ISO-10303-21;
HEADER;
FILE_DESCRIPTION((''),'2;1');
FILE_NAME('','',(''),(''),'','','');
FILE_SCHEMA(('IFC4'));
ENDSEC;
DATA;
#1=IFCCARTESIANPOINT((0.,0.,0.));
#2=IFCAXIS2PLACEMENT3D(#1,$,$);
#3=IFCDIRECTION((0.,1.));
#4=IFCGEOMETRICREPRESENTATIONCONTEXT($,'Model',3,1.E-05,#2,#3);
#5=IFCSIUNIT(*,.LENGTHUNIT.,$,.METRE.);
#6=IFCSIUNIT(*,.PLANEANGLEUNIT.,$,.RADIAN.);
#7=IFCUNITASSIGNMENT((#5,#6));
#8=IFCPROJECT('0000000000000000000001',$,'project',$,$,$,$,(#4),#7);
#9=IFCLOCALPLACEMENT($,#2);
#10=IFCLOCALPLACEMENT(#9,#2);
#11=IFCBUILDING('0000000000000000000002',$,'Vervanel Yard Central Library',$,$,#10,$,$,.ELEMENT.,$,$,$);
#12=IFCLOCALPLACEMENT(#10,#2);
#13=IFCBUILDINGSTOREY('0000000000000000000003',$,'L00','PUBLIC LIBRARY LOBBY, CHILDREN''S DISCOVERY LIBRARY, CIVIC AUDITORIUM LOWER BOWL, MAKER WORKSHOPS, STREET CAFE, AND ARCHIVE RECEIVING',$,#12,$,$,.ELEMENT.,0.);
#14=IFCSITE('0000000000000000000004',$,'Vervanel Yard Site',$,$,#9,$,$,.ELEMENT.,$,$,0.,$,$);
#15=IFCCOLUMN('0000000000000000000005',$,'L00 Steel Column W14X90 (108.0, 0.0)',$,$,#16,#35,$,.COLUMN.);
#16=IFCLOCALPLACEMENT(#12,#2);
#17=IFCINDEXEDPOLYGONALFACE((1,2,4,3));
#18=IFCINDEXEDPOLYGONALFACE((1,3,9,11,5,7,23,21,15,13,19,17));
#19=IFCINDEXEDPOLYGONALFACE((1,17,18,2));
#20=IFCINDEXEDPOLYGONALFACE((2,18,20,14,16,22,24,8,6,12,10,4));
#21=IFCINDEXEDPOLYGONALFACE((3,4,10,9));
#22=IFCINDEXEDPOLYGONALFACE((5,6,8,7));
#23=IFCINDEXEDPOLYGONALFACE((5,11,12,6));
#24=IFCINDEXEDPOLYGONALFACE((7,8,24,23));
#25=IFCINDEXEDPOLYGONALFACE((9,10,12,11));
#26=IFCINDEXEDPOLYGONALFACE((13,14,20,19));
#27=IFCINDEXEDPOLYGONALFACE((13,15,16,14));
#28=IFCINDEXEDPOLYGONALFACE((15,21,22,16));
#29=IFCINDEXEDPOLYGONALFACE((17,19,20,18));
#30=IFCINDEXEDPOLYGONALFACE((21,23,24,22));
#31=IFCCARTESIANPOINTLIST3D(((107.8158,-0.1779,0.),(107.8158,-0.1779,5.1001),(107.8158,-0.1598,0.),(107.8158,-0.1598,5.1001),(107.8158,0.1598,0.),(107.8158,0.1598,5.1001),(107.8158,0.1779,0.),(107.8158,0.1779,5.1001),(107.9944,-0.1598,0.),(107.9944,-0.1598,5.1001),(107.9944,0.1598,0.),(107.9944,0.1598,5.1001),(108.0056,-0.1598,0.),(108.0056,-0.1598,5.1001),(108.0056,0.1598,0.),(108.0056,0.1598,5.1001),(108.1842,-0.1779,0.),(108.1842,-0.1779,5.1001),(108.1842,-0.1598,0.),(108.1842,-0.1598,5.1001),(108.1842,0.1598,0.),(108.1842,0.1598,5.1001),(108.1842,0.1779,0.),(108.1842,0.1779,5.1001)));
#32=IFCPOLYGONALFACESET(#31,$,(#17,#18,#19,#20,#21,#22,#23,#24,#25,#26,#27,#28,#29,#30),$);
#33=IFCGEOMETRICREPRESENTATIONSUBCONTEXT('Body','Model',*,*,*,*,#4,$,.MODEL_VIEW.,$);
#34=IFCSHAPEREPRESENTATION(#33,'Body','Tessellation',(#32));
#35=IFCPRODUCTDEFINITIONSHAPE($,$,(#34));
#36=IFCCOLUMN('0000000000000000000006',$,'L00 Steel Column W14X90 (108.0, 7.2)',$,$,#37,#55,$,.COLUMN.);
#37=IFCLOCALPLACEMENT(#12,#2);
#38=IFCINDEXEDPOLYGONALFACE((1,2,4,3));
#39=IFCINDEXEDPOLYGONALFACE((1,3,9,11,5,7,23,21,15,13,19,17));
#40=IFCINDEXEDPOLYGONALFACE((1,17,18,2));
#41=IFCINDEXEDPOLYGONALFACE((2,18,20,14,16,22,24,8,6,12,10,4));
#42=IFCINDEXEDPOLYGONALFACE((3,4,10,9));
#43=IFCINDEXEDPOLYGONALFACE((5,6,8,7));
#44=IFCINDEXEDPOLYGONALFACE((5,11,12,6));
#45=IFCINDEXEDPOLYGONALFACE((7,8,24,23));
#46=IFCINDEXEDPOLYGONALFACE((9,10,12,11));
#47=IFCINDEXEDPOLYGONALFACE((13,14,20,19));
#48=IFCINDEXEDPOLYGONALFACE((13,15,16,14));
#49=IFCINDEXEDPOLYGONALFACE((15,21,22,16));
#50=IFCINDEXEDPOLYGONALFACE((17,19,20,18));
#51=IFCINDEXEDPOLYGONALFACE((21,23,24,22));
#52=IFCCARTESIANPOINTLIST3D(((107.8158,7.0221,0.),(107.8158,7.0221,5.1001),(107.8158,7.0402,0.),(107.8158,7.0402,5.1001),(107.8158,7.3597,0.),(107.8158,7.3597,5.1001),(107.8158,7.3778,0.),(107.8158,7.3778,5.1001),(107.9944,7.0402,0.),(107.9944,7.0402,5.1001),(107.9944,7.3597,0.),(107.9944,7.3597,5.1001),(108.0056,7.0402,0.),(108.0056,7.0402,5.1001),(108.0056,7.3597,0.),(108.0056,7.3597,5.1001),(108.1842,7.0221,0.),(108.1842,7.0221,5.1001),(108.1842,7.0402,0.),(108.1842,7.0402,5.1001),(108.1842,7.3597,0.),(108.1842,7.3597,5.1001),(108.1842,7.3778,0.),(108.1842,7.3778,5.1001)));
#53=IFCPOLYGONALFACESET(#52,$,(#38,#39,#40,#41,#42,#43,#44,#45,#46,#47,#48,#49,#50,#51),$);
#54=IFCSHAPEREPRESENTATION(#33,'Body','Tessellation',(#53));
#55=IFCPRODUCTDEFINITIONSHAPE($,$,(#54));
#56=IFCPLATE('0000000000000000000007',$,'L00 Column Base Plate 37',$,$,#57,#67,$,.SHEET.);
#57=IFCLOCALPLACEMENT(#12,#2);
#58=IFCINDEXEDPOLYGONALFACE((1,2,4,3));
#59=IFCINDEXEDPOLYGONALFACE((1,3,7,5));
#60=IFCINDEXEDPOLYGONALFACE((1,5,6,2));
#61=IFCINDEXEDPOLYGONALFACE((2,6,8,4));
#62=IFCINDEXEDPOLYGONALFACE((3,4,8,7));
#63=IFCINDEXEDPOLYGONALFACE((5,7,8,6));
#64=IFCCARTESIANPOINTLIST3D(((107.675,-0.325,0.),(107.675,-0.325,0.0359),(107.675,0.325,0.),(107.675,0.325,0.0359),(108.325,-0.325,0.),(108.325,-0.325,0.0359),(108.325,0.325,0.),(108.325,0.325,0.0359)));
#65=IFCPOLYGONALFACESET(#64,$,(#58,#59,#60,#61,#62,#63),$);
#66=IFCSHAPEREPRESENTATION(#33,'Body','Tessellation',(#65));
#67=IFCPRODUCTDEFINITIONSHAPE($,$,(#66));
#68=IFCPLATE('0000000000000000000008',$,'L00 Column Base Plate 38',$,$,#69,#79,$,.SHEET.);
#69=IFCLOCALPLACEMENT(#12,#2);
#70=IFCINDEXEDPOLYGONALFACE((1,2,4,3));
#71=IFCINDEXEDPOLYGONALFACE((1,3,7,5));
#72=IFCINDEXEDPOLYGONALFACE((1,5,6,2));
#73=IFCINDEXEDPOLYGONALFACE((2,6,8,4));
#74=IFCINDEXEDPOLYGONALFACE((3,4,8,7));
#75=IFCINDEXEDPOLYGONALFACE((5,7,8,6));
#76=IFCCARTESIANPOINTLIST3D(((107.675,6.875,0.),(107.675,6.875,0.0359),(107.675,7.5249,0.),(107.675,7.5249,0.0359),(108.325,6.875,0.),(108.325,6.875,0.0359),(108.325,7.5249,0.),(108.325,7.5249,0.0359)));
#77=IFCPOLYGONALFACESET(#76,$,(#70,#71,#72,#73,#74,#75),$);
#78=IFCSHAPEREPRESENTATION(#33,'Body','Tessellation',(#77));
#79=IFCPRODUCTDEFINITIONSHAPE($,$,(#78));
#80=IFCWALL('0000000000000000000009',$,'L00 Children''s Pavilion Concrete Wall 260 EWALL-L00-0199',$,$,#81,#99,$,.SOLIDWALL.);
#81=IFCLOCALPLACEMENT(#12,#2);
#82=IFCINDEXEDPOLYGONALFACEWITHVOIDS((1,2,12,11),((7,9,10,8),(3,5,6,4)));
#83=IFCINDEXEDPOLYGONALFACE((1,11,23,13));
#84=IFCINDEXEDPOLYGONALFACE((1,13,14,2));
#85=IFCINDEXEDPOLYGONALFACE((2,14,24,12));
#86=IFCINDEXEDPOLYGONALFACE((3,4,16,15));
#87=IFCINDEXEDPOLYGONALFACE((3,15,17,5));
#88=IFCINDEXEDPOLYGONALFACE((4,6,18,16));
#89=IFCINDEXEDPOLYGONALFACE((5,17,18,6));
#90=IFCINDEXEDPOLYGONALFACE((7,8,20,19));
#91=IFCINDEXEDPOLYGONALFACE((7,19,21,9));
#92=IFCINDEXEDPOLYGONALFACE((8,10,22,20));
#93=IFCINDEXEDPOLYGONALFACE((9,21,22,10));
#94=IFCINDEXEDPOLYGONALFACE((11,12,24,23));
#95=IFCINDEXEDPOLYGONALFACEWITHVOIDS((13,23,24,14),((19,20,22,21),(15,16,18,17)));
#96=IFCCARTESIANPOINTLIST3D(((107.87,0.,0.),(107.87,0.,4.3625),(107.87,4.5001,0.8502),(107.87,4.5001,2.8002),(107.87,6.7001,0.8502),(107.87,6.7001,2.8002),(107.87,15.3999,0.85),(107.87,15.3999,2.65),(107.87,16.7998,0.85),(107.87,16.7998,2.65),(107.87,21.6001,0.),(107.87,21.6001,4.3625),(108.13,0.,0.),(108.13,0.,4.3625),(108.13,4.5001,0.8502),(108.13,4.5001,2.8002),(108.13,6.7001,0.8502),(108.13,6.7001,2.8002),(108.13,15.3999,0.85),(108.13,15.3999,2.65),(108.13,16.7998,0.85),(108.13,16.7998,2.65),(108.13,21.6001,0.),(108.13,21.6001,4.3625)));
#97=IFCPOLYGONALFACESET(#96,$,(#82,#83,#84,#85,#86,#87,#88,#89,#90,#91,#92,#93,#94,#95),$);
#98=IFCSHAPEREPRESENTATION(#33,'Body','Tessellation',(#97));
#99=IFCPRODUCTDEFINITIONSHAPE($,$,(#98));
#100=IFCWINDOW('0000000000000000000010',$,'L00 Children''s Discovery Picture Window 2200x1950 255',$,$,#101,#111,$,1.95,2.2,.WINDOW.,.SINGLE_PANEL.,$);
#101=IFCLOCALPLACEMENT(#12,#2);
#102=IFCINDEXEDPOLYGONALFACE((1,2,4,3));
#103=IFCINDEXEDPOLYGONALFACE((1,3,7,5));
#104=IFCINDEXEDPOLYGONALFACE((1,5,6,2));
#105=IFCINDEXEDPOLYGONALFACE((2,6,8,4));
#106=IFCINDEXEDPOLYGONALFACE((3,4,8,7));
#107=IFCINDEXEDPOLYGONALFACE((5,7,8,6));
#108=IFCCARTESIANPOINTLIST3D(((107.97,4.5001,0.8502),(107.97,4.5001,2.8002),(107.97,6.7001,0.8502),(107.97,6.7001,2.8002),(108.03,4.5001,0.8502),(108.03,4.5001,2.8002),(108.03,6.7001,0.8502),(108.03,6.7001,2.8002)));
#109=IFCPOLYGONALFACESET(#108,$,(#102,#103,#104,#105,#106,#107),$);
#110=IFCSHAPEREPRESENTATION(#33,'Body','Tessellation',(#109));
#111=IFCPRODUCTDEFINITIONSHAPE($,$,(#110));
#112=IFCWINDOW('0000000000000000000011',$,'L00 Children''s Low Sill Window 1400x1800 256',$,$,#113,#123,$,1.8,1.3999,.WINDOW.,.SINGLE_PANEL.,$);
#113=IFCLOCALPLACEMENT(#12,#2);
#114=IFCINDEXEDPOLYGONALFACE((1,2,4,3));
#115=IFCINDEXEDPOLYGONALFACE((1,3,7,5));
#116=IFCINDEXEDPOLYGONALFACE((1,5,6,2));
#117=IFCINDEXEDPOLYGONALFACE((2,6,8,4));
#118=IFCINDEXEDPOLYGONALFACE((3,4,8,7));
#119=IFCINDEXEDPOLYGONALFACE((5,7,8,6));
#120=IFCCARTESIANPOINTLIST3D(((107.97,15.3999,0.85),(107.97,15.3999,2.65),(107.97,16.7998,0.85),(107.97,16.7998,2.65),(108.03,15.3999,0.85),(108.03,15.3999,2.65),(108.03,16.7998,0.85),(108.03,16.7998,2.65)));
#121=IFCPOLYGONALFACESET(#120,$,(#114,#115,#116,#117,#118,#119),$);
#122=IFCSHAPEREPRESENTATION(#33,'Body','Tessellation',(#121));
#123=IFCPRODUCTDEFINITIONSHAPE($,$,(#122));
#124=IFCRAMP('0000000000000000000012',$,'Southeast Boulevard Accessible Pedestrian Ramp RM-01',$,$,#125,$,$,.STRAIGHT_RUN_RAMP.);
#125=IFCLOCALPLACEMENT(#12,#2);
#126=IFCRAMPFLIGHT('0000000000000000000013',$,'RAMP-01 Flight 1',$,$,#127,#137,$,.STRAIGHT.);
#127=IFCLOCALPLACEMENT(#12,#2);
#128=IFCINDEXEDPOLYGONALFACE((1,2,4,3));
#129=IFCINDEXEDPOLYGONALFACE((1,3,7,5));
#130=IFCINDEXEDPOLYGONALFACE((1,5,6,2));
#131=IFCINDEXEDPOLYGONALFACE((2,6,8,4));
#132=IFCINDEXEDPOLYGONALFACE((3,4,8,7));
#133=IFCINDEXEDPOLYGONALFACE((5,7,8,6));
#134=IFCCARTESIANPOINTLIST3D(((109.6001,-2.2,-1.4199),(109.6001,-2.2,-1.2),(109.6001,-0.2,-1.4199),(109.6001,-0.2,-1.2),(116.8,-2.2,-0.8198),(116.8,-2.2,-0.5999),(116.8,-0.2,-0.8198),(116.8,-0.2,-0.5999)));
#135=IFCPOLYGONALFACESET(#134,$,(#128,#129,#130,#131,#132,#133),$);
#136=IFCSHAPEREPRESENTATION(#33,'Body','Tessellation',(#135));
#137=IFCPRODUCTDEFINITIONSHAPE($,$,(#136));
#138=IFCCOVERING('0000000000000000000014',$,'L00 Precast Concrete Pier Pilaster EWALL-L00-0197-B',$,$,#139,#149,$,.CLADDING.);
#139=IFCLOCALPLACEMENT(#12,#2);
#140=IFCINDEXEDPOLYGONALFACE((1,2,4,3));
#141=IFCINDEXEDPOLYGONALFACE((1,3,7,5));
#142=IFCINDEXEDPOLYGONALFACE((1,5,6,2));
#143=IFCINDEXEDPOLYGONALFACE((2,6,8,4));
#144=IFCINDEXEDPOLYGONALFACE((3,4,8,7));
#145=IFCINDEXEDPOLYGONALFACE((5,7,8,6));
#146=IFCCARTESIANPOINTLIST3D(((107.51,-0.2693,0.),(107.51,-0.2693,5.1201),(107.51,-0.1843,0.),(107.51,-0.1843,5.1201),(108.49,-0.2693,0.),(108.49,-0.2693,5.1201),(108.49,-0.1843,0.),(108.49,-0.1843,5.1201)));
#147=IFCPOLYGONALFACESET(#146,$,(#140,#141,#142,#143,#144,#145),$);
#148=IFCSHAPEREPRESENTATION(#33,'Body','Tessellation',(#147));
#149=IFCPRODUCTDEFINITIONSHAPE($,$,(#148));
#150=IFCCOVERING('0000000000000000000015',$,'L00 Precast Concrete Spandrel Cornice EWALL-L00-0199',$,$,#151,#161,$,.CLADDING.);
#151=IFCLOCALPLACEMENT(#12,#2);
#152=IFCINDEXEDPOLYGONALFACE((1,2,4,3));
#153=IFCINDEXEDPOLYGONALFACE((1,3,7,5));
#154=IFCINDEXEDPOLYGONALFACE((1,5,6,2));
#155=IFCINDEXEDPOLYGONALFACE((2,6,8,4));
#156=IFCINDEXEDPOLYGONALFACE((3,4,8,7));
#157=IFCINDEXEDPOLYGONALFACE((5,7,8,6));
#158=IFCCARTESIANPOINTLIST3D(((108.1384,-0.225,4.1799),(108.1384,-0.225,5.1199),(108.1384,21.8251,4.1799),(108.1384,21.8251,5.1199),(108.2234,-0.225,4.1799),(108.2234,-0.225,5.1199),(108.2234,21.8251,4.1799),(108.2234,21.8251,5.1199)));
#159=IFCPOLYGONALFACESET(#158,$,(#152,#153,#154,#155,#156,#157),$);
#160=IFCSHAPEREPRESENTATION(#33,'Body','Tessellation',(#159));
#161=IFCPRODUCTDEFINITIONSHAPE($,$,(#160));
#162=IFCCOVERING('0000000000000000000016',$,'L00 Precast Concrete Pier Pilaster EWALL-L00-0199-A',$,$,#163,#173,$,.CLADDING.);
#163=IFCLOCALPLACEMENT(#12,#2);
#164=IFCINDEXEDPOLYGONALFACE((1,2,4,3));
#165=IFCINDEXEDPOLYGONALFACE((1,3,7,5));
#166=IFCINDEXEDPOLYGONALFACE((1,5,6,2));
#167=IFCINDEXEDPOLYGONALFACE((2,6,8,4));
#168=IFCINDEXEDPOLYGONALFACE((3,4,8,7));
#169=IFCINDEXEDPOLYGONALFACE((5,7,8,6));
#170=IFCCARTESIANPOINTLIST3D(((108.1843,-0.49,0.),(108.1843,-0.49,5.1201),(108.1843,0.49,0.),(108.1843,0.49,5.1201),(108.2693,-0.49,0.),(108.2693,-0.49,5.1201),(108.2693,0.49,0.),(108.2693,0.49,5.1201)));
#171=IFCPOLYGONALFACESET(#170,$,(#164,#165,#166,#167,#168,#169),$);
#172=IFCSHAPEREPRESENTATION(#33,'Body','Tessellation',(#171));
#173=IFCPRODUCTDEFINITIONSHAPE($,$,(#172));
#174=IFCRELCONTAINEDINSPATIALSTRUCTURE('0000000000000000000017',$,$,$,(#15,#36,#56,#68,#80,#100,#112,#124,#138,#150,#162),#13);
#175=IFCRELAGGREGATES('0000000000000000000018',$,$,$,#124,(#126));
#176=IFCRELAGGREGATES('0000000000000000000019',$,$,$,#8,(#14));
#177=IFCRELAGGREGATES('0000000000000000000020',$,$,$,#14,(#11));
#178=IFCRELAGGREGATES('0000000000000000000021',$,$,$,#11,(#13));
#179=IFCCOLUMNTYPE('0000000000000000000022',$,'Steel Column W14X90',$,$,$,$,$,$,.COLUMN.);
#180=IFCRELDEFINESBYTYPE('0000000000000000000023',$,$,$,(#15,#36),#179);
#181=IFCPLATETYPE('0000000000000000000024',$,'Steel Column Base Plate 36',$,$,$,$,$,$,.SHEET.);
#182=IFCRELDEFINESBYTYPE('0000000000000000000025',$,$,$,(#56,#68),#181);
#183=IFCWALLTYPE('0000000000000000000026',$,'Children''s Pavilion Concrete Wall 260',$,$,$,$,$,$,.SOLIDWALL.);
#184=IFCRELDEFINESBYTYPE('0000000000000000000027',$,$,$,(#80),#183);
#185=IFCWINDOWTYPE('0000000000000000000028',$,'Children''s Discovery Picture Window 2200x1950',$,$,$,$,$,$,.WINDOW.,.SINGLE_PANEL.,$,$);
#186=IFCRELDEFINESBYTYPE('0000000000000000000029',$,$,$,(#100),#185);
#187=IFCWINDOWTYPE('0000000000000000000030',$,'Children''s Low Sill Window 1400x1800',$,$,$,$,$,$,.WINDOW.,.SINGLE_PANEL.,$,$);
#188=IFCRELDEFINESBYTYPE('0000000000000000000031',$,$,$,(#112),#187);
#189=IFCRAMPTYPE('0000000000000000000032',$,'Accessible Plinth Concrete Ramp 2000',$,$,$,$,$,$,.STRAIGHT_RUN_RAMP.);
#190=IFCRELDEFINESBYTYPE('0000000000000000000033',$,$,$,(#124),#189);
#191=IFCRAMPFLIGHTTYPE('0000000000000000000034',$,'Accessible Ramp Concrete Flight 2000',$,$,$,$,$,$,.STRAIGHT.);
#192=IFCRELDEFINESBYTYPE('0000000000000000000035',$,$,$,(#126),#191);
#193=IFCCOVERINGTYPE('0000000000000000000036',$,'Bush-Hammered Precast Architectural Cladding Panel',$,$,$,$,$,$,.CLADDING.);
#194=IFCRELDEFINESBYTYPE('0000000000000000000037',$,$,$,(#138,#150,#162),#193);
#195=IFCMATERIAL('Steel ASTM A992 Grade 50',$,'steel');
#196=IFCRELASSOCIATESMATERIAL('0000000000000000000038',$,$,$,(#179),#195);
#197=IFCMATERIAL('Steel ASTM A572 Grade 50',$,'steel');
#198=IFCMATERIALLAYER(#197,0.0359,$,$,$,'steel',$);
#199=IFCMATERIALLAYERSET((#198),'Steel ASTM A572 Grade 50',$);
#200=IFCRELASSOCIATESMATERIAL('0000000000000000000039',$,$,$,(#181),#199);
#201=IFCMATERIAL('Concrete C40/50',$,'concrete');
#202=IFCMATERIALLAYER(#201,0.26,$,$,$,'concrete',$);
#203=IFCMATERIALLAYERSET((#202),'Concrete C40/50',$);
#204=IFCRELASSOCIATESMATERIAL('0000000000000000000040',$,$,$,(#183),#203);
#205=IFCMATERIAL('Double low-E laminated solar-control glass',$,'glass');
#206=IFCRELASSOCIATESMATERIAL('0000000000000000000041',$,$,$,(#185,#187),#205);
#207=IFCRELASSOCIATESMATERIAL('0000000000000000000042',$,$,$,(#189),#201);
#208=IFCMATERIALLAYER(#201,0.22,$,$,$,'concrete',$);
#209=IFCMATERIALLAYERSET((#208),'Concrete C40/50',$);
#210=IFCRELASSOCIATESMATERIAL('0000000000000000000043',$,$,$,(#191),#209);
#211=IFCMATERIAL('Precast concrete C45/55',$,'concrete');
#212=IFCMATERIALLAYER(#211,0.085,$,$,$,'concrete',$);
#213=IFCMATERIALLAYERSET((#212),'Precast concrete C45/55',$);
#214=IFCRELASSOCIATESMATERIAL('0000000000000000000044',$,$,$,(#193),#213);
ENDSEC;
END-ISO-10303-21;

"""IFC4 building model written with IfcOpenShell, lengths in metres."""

from ifc_helpers import new_model, si_unit, direction, frame, frame_2d, origin, origin_2d, place, context, subcontext, project, spatial, polyline, rectangle, i_section, outline, extrude, material, layer, layer_set, material_profile, profile_set, type_object, element, fill, aggregate, save


model = new_model("IFC4")

# Units and contexts
model_context = context("Model", 3, precision=1e-05, world=origin(), true_north=direction((0.0, 1.0)))
body_context = subcontext(model_context, "Body", "Model", "MODEL_VIEW")
ifc_project = project(units=[si_unit("LENGTHUNIT", "METRE"), si_unit("PLANEANGLEUNIT", "RADIAN")], contexts=[model_context])

# Site, building, storey
site_placement = place(None, origin())
site = spatial("IfcSite", under=ifc_project, at=site_placement, Name="Vervanel Yard Site", CompositionType="ELEMENT", RefElevation=0.0)
building_placement = place(site_placement, origin())
building = spatial("IfcBuilding", under=site, at=building_placement, Name="Vervanel Yard Central Library", CompositionType="ELEMENT")
storey_placement = place(building_placement, origin())
storey = spatial("IfcBuildingStorey", under=building, at=storey_placement, Name="L00", Description="PUBLIC LIBRARY LOBBY, CHILDREN'S DISCOVERY LIBRARY, CIVIC AUDITORIUM LOWER BOWL, MAKER WORKSHOPS, STREET CAFE, AND ARCHIVE RECEIVING", CompositionType="ELEMENT", Elevation=0.0)

# Shared definitions
ifc_material_1 = material(Name="Concrete C40/50", Category="concrete")

# Columns
ifc_material_2 = material(Name="Steel ASTM A992 Grade 50", Category="steel")
ifc_material_profile_1 = material_profile(ifc_material_2, i_section(OverallWidth=0.3684, OverallDepth=0.3557, WebThickness=0.0112, FlangeThickness=0.0181, at=origin_2d()), Name="W14X90", Category="steel")
ifc_profile_set_1 = profile_set([ifc_material_profile_1], Name="Steel ASTM A992 Grade 50")
column_type = type_object("IfcColumnType", Name="Steel Column W14X90", PredefinedType="COLUMN", material=ifc_profile_set_1)
for number, where, z_axis, x_axis, name in (
    (1, (108.0, 0.0, 0.0), (0.0, 0.0, 1.0), (1.0, 0.0, 0.0), "L00 Steel Column W14X90 (108.0, 0.0)"),
    (2, (108.0, 7.2, 0.0), (0.0, 0.0, 1.0), (1.0, 0.0, 0.0), "L00 Steel Column W14X90 (108.0, 7.2)"),
):
    element("IfcColumn", number, at=place(storey_placement, frame(where, z_axis=z_axis, x_axis=x_axis)), inside=storey, type_object=column_type, Name=name, PredefinedType="COLUMN", context=body_context, shape_type="SweptSolid", body=[
        extrude(i_section(OverallWidth=0.3684, OverallDepth=0.3557, WebThickness=0.0112, FlangeThickness=0.0181, at=origin_2d()), origin(), (0.0, 0.0, 1.0), 5.1001),
    ])

# Plates
ifc_material_3 = material(Name="Steel ASTM A572 Grade 50", Category="steel")
ifc_layer_1 = layer(ifc_material_3, 0.0359, Category="steel")
ifc_layer_set_1 = layer_set([ifc_layer_1], Name="Steel ASTM A572 Grade 50")
plate_type = type_object("IfcPlateType", Name="Steel Column Base Plate 36", PredefinedType="SHEET", material=ifc_layer_set_1)
for number, where, z_axis, x_axis, name in (
    (3, (108.0, 0.0, 0.0), (0.0, 0.0, 1.0), (1.0, 0.0, 0.0), "L00 Column Base Plate 37"),
    (4, (108.0, 7.2, 0.0), (0.0, 0.0, 1.0), (1.0, 0.0, 0.0), "L00 Column Base Plate 38"),
):
    element("IfcPlate", number, at=place(storey_placement, frame(where, z_axis=z_axis, x_axis=x_axis)), inside=storey, type_object=plate_type, Name=name, PredefinedType="SHEET", context=body_context, shape_type="SweptSolid", body=[
        extrude(rectangle(XDim=0.6499, YDim=0.6499, at=origin_2d()), origin(), (0.0, 0.0, 1.0), 0.0359),
    ])

# Wall, openings, windows
ifc_layer_2 = layer(ifc_material_1, 0.26, Category="concrete")
ifc_layer_set_2 = layer_set([ifc_layer_2], Name="Concrete C40/50")
wall_type = type_object("IfcWallType", Name="Children's Pavilion Concrete Wall 260", PredefinedType="SOLIDWALL", material=ifc_layer_set_2)
wall_placement = place(storey_placement, frame((108.0, 0.0, 0.0), z_axis=(0.0, 0.0, 1.0), x_axis=(0.0, 1.0, 0.0)))
wall = element("IfcWall", 5, at=wall_placement, inside=storey, type_object=wall_type, Name="L00 Children's Pavilion Concrete Wall 260 EWALL-L00-0199", PredefinedType="SOLIDWALL", context=body_context, shape_type="SweptSolid", body=[
    extrude(rectangle(XDim=21.6001, YDim=0.26, at=frame_2d((10.8, 0.0))), origin(), (0.0, 0.0, 1.0), 4.3625),
])
opening_1_placement = place(wall_placement, frame((4.5, 0.0, 0.8501)))
opening_1 = element("IfcOpeningElement", 6, at=opening_1_placement, cuts=wall, PredefinedType="OPENING", context=body_context, shape_type="SweptSolid", body=[
    extrude(rectangle(XDim=2.2, YDim=1.95, at=frame_2d((1.1001, 0.9751))), frame((0.0, 0.1399, 0.0), z_axis=(0.0, -1.0, 0.0), x_axis=(1.0, 0.0, 0.0)), (0.0, 0.0, 1.0), 0.28),
])
opening_2_placement = place(wall_placement, frame((15.3999, 0.0, 0.8501)))
opening_2 = element("IfcOpeningElement", 7, at=opening_2_placement, cuts=wall, PredefinedType="OPENING", context=body_context, shape_type="SweptSolid", body=[
    extrude(rectangle(XDim=1.3999, YDim=1.8, at=frame_2d((0.7, 0.8999))), frame((0.0, 0.1399, 0.0), z_axis=(0.0, -1.0, 0.0), x_axis=(1.0, 0.0, 0.0)), (0.0, 0.0, 1.0), 0.28),
])
ifc_material_4 = material(Name="Double low-E laminated solar-control glass", Category="glass")
window_type_1 = type_object("IfcWindowType", Name="Children's Discovery Picture Window 2200x1950", PartitioningType="SINGLE_PANEL", PredefinedType="WINDOW", material=ifc_material_4)
window_1_placement = place(opening_1_placement, origin())
window_1 = element("IfcWindow", 8, at=window_1_placement, inside=storey, type_object=window_type_1, Name="L00 Children's Discovery Picture Window 2200x1950 255", OverallHeight=1.95, OverallWidth=2.2, PartitioningType="SINGLE_PANEL", PredefinedType="WINDOW", context=body_context, shape_type="SweptSolid", body=[
    extrude(rectangle(XDim=2.2, YDim=1.95, at=frame_2d((1.1001, 0.9751))), frame((0.0, 0.03, 0.0), z_axis=(0.0, -1.0, 0.0), x_axis=(1.0, 0.0, 0.0)), (0.0, 0.0, 1.0), 0.0601),
])
fill(opening_1, window_1)
window_type_2 = type_object("IfcWindowType", Name="Children's Low Sill Window 1400x1800", PartitioningType="SINGLE_PANEL", PredefinedType="WINDOW", material=ifc_material_4)
window_2_placement = place(opening_2_placement, origin())
window_2 = element("IfcWindow", 9, at=window_2_placement, inside=storey, type_object=window_type_2, Name="L00 Children's Low Sill Window 1400x1800 256", OverallHeight=1.8, OverallWidth=1.3999, PartitioningType="SINGLE_PANEL", PredefinedType="WINDOW", context=body_context, shape_type="SweptSolid", body=[
    extrude(rectangle(XDim=1.3999, YDim=1.8, at=frame_2d((0.7, 0.8999))), frame((0.0, 0.03, 0.0), z_axis=(0.0, -1.0, 0.0), x_axis=(1.0, 0.0, 0.0)), (0.0, 0.0, 1.0), 0.0601),
])
fill(opening_2, window_2)

# Ramp, ramp flight
ramp_type = type_object("IfcRampType", Name="Accessible Plinth Concrete Ramp 2000", PredefinedType="STRAIGHT_RUN_RAMP", material=ifc_material_1)
ramp_placement = place(storey_placement, origin())
ramp = element("IfcRamp", 10, at=ramp_placement, inside=storey, type_object=ramp_type, Name="Southeast Boulevard Accessible Pedestrian Ramp RM-01", PredefinedType="STRAIGHT_RUN_RAMP")
ifc_layer_3 = layer(ifc_material_1, 0.22, Category="concrete")
ifc_layer_set_3 = layer_set([ifc_layer_3], Name="Concrete C40/50")
ramp_flight_type = type_object("IfcRampFlightType", Name="Accessible Ramp Concrete Flight 2000", PredefinedType="STRAIGHT", material=ifc_layer_set_3)
ramp_flight_placement = place(storey_placement, frame((109.6001, -1.2, -1.2), z_axis=(0.0, 0.0, 1.0), x_axis=(1.0, 0.0, 0.0)))
ramp_flight = element("IfcRampFlight", 11, at=ramp_flight_placement, type_object=ramp_flight_type, Name="RAMP-01 Flight 1", PredefinedType="STRAIGHT", context=body_context, shape_type="SweptSolid", body=[
    extrude(outline(polyline([(0.0, 0.0), (0.0, -0.22), (7.2, 0.3801), (7.2, 0.6001), (0.0, 0.0)])), frame((0.0, 1.0, 0.0), z_axis=(0.0, -1.0, 0.0), x_axis=(1.0, 0.0, 0.0)), (0.0, 0.0, 1.0), 2.0),
])
aggregate(ramp, [ramp_flight])

# Coverings
ifc_material_5 = material(Name="Precast concrete C45/55", Category="concrete")
ifc_layer_4 = layer(ifc_material_5, 0.085, Category="concrete")
ifc_layer_set_4 = layer_set([ifc_layer_4], Name="Precast concrete C45/55")
covering_type = type_object("IfcCoveringType", Name="Bush-Hammered Precast Architectural Cladding Panel", PredefinedType="CLADDING", material=ifc_layer_set_4)
covering_1_placement = place(storey_placement, frame((108.0, -0.2268, 0.0), z_axis=(0.0, 0.0, 1.0), x_axis=(1.0, 0.0, 0.0)))
element("IfcCovering", 12, at=covering_1_placement, inside=storey, type_object=covering_type, Name="L00 Precast Concrete Pier Pilaster EWALL-L00-0197-B", PredefinedType="CLADDING", context=body_context, shape_type="SweptSolid", body=[
    extrude(rectangle(XDim=0.98, YDim=0.085, at=origin_2d()), origin(), (0.0, 0.0, 1.0), 5.1201),
])
covering_2_placement = place(storey_placement, frame((108.1809, 10.8, 4.1799), z_axis=(0.0, 0.0, 1.0), x_axis=(0.0, 1.0, 0.0)))
element("IfcCovering", 13, at=covering_2_placement, inside=storey, type_object=covering_type, Name="L00 Precast Concrete Spandrel Cornice EWALL-L00-0199", PredefinedType="CLADDING", context=body_context, shape_type="SweptSolid", body=[
    extrude(rectangle(XDim=22.05, YDim=0.085, at=origin_2d()), origin(), (0.0, 0.0, 1.0), 0.9399),
])
covering_3_placement = place(storey_placement, frame((108.2268, 0.0, 0.0), z_axis=(0.0, 0.0, 1.0), x_axis=(0.0, 1.0, 0.0)))
element("IfcCovering", 14, at=covering_3_placement, inside=storey, type_object=covering_type, Name="L00 Precast Concrete Pier Pilaster EWALL-L00-0199-A", PredefinedType="CLADDING", context=body_context, shape_type="SweptSolid", body=[
    extrude(rectangle(XDim=0.98, YDim=0.085, at=origin_2d()), origin(), (0.0, 0.0, 1.0), 5.1201),
])

save(model, "model.ifc")
